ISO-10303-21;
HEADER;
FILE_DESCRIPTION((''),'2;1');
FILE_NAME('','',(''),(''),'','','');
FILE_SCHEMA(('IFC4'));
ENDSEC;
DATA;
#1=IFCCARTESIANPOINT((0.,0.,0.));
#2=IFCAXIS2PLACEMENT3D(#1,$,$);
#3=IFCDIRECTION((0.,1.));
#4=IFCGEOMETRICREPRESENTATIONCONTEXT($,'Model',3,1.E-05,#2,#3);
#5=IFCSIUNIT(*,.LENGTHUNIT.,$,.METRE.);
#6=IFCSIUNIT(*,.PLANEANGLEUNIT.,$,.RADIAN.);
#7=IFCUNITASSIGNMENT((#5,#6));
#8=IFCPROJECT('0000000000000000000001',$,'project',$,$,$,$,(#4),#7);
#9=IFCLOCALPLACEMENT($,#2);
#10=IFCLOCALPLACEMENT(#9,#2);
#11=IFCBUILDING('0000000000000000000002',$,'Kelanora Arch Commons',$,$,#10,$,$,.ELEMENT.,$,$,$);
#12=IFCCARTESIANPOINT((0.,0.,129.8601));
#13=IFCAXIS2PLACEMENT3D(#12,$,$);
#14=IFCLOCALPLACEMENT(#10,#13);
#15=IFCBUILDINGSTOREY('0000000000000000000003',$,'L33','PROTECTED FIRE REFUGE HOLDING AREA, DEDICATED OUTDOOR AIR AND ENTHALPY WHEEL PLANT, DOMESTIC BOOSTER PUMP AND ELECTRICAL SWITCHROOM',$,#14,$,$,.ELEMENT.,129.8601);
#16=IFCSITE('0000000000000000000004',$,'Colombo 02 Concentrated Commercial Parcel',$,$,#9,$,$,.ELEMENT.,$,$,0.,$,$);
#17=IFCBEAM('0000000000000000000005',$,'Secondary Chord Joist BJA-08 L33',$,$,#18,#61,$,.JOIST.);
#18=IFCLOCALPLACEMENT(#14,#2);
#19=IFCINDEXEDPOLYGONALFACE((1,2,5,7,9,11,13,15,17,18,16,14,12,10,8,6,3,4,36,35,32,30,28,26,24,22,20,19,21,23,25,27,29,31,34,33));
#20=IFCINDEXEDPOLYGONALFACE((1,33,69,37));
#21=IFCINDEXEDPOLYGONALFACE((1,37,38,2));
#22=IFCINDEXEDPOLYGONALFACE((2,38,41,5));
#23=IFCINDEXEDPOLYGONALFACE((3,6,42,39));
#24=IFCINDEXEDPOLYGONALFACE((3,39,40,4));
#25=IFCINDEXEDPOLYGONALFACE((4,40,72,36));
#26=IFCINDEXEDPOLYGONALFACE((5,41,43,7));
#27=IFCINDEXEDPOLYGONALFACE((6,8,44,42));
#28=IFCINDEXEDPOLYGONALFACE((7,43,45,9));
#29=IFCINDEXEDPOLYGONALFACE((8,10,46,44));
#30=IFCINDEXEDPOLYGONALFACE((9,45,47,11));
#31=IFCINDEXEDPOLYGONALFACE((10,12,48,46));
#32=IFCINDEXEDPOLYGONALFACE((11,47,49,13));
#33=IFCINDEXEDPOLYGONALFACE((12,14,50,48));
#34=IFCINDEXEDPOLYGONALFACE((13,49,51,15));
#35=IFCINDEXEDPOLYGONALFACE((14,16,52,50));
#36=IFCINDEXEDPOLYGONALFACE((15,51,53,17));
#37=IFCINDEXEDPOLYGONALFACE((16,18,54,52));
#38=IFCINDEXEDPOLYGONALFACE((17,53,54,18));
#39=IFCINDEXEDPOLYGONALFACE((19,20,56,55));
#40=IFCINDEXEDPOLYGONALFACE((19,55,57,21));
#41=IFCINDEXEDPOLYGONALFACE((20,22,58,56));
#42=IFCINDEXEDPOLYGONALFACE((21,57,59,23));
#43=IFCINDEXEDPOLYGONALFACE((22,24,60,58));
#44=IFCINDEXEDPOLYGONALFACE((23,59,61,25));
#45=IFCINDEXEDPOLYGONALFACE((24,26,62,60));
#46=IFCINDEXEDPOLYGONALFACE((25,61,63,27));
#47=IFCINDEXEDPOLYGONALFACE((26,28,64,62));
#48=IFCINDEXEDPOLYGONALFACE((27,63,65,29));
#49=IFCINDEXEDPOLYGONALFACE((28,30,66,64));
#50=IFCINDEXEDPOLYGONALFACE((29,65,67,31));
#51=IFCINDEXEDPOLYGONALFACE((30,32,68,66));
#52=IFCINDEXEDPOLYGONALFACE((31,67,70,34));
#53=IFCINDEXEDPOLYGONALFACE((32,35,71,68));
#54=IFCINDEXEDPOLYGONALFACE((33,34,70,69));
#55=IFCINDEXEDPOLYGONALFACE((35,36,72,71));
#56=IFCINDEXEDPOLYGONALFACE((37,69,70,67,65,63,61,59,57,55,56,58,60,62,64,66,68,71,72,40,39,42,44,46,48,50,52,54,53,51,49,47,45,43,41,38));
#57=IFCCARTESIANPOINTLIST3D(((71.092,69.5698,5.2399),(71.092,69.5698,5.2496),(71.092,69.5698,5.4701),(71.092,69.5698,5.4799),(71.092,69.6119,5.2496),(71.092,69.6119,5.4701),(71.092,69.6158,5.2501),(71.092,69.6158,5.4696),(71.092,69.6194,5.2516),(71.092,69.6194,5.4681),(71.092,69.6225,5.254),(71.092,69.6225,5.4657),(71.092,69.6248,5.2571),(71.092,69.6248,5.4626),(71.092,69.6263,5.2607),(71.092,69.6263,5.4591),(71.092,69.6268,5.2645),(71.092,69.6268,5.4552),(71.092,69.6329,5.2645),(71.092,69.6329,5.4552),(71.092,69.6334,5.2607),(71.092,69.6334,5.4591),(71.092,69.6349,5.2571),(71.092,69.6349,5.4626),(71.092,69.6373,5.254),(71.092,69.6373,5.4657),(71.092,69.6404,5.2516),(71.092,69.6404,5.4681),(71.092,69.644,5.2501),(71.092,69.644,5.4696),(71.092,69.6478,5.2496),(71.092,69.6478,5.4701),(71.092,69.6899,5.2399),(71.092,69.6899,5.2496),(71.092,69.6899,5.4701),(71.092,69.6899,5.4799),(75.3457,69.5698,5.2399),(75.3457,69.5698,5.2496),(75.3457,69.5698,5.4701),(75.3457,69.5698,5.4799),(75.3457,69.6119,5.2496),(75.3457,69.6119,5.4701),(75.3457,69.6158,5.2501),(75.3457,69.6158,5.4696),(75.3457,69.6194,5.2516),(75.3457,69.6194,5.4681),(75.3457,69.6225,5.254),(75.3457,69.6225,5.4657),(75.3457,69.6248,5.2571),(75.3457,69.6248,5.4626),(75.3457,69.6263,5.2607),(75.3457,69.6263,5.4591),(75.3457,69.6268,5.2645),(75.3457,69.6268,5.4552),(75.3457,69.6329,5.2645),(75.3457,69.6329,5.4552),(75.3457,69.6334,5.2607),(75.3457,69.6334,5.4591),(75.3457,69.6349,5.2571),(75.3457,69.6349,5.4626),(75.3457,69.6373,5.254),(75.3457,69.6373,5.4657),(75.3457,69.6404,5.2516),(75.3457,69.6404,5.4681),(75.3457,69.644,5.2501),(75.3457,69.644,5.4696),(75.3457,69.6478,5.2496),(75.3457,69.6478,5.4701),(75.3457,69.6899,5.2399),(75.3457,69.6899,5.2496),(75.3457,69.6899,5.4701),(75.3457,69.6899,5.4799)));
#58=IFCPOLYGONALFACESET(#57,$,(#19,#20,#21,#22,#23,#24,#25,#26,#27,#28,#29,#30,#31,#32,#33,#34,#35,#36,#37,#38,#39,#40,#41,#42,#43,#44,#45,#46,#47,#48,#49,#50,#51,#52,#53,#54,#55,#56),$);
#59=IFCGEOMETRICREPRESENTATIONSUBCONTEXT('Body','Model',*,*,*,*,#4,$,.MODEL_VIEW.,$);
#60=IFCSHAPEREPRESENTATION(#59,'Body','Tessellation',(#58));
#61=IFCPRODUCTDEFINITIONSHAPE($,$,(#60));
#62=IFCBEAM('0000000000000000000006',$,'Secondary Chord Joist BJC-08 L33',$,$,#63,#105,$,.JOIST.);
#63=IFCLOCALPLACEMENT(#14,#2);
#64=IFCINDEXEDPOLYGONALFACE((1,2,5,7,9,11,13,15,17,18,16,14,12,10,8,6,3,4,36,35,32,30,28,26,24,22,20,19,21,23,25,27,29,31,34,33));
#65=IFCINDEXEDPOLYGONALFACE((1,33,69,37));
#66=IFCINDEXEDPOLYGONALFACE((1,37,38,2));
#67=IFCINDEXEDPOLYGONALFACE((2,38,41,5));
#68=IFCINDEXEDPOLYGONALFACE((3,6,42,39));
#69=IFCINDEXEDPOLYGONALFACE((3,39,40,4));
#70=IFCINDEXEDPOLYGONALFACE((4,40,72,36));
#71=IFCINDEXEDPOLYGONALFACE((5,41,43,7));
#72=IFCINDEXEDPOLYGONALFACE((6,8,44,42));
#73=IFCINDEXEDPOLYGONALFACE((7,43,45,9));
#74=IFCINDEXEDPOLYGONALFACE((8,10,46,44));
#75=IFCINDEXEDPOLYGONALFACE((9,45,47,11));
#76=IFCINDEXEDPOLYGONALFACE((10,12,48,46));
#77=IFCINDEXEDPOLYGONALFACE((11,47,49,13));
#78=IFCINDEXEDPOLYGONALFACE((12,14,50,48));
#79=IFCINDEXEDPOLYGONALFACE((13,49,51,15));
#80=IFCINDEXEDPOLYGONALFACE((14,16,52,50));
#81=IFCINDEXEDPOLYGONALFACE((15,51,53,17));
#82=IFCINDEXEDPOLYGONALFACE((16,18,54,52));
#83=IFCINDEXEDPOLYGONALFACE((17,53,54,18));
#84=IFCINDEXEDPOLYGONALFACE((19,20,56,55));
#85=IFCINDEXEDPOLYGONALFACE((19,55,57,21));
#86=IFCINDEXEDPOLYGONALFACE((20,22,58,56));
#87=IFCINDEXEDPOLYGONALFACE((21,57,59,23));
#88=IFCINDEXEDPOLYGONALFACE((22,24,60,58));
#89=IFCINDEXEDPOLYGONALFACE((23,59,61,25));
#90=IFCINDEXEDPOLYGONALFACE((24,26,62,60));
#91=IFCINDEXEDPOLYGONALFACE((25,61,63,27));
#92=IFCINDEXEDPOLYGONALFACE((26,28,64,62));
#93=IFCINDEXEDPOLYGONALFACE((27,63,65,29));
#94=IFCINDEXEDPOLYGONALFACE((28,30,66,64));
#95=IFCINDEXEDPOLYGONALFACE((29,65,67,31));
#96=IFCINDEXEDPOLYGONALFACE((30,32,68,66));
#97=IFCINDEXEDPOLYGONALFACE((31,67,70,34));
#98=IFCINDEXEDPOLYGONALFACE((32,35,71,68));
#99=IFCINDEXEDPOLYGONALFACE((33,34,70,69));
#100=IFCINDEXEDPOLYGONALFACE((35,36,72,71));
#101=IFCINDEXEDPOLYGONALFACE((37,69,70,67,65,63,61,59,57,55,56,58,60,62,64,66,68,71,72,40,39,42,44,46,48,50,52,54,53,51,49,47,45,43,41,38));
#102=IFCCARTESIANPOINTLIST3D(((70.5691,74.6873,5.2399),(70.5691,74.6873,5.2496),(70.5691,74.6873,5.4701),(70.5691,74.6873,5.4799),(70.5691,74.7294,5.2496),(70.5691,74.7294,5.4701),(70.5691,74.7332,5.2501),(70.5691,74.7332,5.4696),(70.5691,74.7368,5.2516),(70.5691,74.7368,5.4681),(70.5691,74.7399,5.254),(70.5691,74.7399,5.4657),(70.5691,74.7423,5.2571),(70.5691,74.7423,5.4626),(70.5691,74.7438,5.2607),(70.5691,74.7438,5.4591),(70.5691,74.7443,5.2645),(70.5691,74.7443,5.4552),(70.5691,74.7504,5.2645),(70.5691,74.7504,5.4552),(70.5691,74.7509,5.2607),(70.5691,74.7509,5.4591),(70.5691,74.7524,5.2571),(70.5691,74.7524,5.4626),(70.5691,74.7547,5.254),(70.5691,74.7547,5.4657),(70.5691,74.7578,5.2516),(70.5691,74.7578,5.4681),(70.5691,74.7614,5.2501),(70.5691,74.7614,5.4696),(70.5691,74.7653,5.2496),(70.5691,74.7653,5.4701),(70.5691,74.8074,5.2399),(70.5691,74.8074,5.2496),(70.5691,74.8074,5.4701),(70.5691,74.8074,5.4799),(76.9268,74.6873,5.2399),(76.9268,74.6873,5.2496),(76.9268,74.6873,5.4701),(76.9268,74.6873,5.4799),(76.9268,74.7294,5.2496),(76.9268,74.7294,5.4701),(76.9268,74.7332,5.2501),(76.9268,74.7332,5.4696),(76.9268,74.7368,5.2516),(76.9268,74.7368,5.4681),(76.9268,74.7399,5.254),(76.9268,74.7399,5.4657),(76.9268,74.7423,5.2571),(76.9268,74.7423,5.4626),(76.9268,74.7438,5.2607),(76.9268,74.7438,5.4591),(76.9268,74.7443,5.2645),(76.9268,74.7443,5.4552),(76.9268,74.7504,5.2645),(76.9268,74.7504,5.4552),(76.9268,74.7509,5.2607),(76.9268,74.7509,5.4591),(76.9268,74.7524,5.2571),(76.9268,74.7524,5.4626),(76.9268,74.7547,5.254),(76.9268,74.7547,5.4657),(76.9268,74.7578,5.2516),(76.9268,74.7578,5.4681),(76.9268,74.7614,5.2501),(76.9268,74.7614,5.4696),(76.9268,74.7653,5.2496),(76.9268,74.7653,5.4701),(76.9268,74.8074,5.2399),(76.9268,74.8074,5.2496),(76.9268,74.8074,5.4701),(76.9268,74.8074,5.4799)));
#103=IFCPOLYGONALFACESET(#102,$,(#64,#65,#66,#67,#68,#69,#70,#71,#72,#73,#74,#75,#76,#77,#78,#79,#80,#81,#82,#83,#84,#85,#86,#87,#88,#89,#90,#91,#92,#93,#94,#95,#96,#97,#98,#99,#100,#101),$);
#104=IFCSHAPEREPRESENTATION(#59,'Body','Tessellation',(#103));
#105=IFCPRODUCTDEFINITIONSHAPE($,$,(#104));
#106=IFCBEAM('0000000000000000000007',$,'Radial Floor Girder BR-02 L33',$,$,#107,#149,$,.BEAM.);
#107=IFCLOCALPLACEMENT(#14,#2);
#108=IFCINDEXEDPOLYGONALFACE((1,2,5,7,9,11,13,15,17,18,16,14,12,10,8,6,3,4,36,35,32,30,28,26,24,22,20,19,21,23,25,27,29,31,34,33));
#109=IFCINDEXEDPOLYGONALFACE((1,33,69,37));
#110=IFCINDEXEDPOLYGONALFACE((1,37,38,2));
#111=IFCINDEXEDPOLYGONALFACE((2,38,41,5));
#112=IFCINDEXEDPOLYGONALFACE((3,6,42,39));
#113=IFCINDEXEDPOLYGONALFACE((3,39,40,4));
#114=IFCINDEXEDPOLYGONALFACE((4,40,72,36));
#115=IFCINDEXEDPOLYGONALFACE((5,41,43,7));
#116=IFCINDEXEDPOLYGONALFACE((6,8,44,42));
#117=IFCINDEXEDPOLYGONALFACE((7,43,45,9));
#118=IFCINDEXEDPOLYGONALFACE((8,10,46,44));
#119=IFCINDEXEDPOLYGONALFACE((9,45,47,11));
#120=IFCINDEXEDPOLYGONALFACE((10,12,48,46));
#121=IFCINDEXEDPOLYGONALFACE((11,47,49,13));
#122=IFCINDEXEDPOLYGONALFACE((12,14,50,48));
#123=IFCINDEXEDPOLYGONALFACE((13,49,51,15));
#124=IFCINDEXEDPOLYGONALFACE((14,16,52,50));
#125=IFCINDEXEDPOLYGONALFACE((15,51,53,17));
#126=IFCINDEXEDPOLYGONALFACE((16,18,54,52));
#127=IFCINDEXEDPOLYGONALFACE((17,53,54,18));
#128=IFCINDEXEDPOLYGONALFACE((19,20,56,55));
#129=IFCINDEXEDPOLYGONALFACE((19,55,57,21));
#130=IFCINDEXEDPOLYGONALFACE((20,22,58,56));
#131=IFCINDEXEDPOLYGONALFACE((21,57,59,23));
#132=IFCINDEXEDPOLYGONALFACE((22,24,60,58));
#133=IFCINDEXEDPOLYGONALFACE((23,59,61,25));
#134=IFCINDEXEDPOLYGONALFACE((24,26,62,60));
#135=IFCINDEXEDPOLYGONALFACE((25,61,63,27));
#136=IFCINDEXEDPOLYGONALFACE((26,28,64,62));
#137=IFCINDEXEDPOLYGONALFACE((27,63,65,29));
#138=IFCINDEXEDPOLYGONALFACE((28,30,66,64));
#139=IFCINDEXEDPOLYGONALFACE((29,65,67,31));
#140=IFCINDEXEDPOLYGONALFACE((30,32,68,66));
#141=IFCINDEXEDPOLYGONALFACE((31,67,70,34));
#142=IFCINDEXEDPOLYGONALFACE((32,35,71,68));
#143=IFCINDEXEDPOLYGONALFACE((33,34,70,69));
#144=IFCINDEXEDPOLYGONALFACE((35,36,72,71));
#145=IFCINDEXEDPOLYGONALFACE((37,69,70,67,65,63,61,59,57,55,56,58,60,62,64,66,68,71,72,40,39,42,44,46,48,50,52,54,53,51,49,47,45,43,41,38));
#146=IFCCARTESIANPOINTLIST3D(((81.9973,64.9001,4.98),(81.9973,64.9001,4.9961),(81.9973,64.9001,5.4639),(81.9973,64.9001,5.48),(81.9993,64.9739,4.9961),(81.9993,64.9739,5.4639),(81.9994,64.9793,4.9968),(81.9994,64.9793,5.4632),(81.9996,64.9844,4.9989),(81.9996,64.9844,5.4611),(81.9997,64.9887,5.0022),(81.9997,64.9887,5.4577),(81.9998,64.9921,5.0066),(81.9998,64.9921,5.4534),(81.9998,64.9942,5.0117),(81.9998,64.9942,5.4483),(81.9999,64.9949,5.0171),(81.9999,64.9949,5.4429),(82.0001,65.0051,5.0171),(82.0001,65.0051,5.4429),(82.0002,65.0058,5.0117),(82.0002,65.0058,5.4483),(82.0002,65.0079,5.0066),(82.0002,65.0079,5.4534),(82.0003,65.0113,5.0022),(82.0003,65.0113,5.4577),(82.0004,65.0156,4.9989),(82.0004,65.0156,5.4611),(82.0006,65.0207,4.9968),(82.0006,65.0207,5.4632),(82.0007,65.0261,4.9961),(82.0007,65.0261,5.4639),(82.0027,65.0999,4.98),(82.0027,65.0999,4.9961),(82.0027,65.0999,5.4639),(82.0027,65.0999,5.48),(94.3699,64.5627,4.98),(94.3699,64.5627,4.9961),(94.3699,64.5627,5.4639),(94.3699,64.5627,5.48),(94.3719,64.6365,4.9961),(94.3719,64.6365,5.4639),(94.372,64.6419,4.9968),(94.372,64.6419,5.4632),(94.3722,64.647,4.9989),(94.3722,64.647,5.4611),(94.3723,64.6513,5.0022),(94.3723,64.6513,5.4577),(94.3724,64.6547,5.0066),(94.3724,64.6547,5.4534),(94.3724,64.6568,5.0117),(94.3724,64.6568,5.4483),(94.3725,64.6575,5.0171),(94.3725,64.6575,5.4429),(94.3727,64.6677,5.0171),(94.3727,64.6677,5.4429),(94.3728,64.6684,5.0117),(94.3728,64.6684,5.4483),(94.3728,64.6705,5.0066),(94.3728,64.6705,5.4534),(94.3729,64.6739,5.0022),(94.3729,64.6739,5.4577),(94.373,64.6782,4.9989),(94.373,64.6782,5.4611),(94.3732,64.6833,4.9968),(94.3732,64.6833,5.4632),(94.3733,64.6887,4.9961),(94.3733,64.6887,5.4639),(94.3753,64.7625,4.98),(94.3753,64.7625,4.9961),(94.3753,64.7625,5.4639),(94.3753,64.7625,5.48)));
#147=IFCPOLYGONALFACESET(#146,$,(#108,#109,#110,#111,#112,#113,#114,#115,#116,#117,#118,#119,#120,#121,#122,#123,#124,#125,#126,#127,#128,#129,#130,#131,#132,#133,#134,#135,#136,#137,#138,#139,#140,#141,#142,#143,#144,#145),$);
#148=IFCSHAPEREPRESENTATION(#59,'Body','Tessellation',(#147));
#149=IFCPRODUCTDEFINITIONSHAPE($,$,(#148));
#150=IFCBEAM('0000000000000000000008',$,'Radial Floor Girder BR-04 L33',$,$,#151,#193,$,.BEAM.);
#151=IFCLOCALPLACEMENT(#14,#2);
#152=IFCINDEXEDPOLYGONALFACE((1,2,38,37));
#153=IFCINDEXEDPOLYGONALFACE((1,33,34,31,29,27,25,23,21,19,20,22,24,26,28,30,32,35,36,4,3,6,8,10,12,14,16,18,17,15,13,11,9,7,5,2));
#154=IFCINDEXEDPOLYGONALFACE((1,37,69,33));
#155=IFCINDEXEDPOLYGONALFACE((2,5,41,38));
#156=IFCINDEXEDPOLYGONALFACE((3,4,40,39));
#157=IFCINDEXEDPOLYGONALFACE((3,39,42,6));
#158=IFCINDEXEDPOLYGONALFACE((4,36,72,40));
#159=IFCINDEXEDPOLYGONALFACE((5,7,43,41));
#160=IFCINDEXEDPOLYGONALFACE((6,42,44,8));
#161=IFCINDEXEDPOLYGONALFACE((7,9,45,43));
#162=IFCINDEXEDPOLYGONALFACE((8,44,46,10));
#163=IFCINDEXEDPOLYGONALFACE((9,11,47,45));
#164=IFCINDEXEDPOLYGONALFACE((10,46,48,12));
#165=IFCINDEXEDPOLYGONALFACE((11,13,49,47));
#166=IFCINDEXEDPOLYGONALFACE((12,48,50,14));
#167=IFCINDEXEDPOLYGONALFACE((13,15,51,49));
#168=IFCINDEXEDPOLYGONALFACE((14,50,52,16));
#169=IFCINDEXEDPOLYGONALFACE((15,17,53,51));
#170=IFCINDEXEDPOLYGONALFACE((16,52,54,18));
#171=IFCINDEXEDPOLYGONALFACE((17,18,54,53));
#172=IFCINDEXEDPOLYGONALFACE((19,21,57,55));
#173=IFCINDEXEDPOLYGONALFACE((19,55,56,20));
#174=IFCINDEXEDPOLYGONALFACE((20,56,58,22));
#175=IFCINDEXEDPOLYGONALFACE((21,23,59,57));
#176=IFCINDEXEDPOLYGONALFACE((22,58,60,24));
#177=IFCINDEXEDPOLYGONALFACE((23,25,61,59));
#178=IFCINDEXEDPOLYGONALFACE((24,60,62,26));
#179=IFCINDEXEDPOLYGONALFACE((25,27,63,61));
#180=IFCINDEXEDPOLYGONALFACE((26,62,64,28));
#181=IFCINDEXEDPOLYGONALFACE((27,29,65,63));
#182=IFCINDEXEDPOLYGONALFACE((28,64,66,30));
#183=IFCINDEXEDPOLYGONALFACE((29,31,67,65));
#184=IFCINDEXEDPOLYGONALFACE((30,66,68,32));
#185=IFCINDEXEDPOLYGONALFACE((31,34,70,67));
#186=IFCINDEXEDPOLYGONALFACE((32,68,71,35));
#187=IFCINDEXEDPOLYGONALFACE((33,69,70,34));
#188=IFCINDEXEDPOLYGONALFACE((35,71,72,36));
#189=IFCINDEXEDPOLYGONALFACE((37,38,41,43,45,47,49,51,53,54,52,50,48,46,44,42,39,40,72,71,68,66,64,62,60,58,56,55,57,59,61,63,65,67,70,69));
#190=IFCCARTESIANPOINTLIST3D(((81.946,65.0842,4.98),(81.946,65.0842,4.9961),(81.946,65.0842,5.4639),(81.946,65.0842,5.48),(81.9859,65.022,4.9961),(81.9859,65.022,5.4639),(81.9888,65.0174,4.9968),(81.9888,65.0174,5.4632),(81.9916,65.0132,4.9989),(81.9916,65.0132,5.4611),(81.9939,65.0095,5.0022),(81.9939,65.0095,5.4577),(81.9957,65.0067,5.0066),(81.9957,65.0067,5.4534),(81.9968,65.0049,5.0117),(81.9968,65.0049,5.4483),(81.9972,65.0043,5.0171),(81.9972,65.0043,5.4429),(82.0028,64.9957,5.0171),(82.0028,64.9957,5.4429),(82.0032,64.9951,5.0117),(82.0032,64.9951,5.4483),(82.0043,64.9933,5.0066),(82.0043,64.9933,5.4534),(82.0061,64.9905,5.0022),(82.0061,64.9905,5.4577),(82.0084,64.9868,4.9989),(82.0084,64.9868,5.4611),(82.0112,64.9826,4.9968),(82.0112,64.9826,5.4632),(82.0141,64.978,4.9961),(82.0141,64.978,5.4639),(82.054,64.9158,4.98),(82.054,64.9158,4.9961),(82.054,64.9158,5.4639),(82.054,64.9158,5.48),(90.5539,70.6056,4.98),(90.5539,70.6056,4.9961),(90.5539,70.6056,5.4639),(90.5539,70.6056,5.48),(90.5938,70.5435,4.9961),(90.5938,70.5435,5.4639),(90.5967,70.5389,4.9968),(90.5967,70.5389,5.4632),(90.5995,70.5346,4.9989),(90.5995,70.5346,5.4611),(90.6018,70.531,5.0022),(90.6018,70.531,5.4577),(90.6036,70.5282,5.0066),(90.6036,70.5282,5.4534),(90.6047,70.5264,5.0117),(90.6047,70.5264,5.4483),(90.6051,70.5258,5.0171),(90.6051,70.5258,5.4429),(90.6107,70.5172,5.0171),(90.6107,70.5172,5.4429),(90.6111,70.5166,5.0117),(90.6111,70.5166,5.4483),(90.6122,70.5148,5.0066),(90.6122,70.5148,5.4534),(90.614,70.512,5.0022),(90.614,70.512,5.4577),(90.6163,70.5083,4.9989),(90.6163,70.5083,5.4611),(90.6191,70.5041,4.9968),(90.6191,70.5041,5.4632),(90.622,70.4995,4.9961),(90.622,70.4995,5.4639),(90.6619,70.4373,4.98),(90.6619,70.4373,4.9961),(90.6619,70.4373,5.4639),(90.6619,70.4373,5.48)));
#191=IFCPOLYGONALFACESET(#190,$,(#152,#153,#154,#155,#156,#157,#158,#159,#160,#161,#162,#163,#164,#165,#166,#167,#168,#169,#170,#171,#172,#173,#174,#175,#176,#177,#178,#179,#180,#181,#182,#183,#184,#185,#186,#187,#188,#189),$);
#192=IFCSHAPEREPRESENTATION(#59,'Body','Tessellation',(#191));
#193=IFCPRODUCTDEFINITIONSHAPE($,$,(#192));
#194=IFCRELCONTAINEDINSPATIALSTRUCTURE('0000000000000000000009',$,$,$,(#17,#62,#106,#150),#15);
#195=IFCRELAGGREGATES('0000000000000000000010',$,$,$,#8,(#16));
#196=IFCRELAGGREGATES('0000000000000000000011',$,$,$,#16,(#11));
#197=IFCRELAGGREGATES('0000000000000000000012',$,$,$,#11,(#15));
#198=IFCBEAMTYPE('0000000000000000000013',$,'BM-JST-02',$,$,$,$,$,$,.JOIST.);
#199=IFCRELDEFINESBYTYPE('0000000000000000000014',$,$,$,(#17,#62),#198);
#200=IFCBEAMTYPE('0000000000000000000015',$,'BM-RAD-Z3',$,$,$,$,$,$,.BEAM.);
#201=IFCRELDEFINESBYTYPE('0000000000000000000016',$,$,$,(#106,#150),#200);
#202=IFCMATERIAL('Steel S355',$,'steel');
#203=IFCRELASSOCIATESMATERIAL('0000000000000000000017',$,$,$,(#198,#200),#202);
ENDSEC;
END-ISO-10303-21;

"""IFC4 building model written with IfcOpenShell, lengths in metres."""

from ifc_helpers import new_model, si_unit, direction, frame, origin, origin_2d, place, context, subcontext, project, spatial, i_section, extrude, material, material_profile, profile_set, type_object, element, save


model = new_model("IFC4")

# Units and contexts
model_context = context("Model", 3, precision=1e-05, world=origin(), true_north=direction((0.0, 1.0)))
body_context = subcontext(model_context, "Body", "Model", "MODEL_VIEW")
ifc_project = project(units=[si_unit("LENGTHUNIT", "METRE"), si_unit("PLANEANGLEUNIT", "RADIAN")], contexts=[model_context])

# Site, building, storey
site_placement = place(None, origin())
site = spatial("IfcSite", under=ifc_project, at=site_placement, Name="Colombo 02 Concentrated Commercial Parcel", CompositionType="ELEMENT", RefElevation=0.0)
building_placement = place(site_placement, origin())
building = spatial("IfcBuilding", under=site, at=building_placement, Name="Kelanora Arch Commons", CompositionType="ELEMENT")
storey_placement = place(building_placement, frame((0.0, 0.0, 129.8601)))
storey = spatial("IfcBuildingStorey", under=building, at=storey_placement, Name="L33", Description="PROTECTED FIRE REFUGE HOLDING AREA, DEDICATED OUTDOOR AIR AND ENTHALPY WHEEL PLANT, DOMESTIC BOOSTER PUMP AND ELECTRICAL SWITCHROOM", CompositionType="ELEMENT", Elevation=129.8601)

# Beams
ifc_material_1 = material(Name="Steel S355", Category="steel")
ifc_material_profile_1 = material_profile(ifc_material_1, i_section(OverallWidth=0.1201, OverallDepth=0.24, WebThickness=0.0061, FlangeThickness=0.0098, FilletRadius=0.0149, at=origin_2d()), Name="IPE240")
ifc_profile_set_1 = profile_set([ifc_material_profile_1], Name="Steel S355")
beam_type_1 = type_object("IfcBeamType", Name="BM-JST-02", PredefinedType="JOIST", material=ifc_profile_set_1)
beam_1_placement = place(storey_placement, frame((75.3457, 69.6299, 5.3599), z_axis=(-1.0, 0.0, 0.0), x_axis=(0.0, -1.0, 0.0)))
element("IfcBeam", 1, at=beam_1_placement, inside=storey, type_object=beam_type_1, Name="Secondary Chord Joist BJA-08 L33", PredefinedType="JOIST", context=body_context, shape_type="SweptSolid", body=[
    extrude(i_section(OverallWidth=0.1201, OverallDepth=0.24, WebThickness=0.0061, FlangeThickness=0.0098, FilletRadius=0.0149, at=origin_2d()), origin(), (0.0, 0.0, 1.0), 4.2537),
])
beam_2_placement = place(storey_placement, frame((76.9268, 74.7473, 5.3599), z_axis=(-1.0, 0.0, 0.0), x_axis=(0.0, -1.0, 0.0)))
element("IfcBeam", 2, at=beam_2_placement, inside=storey, type_object=beam_type_1, Name="Secondary Chord Joist BJC-08 L33", PredefinedType="JOIST", context=body_context, shape_type="SweptSolid", body=[
    extrude(i_section(OverallWidth=0.1201, OverallDepth=0.24, WebThickness=0.0061, FlangeThickness=0.0098, FilletRadius=0.0149, at=origin_2d()), origin(), (0.0, 0.0, 1.0), 6.3577),
])
ifc_material_profile_2 = material_profile(ifc_material_1, i_section(OverallWidth=0.2, OverallDepth=0.5, WebThickness=0.0103, FlangeThickness=0.0161, FilletRadius=0.021, at=origin_2d()), Name="IPE500")
ifc_profile_set_2 = profile_set([ifc_material_profile_2], Name="Steel S355")
beam_type_2 = type_object("IfcBeamType", Name="BM-RAD-Z3", PredefinedType="BEAM", material=ifc_profile_set_2)
beam_3_placement = place(storey_placement, frame((82.0, 65.0, 5.23), z_axis=(0.999628, -0.02726, 0.0), x_axis=(0.02726, 0.999628, 0.0)))
element("IfcBeam", 3, at=beam_3_placement, inside=storey, type_object=beam_type_2, Name="Radial Floor Girder BR-02 L33", PredefinedType="BEAM", context=body_context, shape_type="SweptSolid", body=[
    extrude(i_section(OverallWidth=0.2, OverallDepth=0.5, WebThickness=0.0103, FlangeThickness=0.0161, FilletRadius=0.021, at=origin_2d()), origin(), (0.0, 0.0, 1.0), 12.3772),
])
beam_4_placement = place(storey_placement, frame((82.0, 65.0, 5.23), z_axis=(0.841719, 0.539915, 0.0), x_axis=(-0.539915, 0.841719, 0.0)))
element("IfcBeam", 4, at=beam_4_placement, inside=storey, type_object=beam_type_2, Name="Radial Floor Girder BR-04 L33", PredefinedType="BEAM", context=body_context, shape_type="SweptSolid", body=[
    extrude(i_section(OverallWidth=0.2, OverallDepth=0.5, WebThickness=0.0103, FlangeThickness=0.0161, FilletRadius=0.021, at=origin_2d()), origin(), (0.0, 0.0, 1.0), 10.2266),
])

save(model, "model.ifc")
